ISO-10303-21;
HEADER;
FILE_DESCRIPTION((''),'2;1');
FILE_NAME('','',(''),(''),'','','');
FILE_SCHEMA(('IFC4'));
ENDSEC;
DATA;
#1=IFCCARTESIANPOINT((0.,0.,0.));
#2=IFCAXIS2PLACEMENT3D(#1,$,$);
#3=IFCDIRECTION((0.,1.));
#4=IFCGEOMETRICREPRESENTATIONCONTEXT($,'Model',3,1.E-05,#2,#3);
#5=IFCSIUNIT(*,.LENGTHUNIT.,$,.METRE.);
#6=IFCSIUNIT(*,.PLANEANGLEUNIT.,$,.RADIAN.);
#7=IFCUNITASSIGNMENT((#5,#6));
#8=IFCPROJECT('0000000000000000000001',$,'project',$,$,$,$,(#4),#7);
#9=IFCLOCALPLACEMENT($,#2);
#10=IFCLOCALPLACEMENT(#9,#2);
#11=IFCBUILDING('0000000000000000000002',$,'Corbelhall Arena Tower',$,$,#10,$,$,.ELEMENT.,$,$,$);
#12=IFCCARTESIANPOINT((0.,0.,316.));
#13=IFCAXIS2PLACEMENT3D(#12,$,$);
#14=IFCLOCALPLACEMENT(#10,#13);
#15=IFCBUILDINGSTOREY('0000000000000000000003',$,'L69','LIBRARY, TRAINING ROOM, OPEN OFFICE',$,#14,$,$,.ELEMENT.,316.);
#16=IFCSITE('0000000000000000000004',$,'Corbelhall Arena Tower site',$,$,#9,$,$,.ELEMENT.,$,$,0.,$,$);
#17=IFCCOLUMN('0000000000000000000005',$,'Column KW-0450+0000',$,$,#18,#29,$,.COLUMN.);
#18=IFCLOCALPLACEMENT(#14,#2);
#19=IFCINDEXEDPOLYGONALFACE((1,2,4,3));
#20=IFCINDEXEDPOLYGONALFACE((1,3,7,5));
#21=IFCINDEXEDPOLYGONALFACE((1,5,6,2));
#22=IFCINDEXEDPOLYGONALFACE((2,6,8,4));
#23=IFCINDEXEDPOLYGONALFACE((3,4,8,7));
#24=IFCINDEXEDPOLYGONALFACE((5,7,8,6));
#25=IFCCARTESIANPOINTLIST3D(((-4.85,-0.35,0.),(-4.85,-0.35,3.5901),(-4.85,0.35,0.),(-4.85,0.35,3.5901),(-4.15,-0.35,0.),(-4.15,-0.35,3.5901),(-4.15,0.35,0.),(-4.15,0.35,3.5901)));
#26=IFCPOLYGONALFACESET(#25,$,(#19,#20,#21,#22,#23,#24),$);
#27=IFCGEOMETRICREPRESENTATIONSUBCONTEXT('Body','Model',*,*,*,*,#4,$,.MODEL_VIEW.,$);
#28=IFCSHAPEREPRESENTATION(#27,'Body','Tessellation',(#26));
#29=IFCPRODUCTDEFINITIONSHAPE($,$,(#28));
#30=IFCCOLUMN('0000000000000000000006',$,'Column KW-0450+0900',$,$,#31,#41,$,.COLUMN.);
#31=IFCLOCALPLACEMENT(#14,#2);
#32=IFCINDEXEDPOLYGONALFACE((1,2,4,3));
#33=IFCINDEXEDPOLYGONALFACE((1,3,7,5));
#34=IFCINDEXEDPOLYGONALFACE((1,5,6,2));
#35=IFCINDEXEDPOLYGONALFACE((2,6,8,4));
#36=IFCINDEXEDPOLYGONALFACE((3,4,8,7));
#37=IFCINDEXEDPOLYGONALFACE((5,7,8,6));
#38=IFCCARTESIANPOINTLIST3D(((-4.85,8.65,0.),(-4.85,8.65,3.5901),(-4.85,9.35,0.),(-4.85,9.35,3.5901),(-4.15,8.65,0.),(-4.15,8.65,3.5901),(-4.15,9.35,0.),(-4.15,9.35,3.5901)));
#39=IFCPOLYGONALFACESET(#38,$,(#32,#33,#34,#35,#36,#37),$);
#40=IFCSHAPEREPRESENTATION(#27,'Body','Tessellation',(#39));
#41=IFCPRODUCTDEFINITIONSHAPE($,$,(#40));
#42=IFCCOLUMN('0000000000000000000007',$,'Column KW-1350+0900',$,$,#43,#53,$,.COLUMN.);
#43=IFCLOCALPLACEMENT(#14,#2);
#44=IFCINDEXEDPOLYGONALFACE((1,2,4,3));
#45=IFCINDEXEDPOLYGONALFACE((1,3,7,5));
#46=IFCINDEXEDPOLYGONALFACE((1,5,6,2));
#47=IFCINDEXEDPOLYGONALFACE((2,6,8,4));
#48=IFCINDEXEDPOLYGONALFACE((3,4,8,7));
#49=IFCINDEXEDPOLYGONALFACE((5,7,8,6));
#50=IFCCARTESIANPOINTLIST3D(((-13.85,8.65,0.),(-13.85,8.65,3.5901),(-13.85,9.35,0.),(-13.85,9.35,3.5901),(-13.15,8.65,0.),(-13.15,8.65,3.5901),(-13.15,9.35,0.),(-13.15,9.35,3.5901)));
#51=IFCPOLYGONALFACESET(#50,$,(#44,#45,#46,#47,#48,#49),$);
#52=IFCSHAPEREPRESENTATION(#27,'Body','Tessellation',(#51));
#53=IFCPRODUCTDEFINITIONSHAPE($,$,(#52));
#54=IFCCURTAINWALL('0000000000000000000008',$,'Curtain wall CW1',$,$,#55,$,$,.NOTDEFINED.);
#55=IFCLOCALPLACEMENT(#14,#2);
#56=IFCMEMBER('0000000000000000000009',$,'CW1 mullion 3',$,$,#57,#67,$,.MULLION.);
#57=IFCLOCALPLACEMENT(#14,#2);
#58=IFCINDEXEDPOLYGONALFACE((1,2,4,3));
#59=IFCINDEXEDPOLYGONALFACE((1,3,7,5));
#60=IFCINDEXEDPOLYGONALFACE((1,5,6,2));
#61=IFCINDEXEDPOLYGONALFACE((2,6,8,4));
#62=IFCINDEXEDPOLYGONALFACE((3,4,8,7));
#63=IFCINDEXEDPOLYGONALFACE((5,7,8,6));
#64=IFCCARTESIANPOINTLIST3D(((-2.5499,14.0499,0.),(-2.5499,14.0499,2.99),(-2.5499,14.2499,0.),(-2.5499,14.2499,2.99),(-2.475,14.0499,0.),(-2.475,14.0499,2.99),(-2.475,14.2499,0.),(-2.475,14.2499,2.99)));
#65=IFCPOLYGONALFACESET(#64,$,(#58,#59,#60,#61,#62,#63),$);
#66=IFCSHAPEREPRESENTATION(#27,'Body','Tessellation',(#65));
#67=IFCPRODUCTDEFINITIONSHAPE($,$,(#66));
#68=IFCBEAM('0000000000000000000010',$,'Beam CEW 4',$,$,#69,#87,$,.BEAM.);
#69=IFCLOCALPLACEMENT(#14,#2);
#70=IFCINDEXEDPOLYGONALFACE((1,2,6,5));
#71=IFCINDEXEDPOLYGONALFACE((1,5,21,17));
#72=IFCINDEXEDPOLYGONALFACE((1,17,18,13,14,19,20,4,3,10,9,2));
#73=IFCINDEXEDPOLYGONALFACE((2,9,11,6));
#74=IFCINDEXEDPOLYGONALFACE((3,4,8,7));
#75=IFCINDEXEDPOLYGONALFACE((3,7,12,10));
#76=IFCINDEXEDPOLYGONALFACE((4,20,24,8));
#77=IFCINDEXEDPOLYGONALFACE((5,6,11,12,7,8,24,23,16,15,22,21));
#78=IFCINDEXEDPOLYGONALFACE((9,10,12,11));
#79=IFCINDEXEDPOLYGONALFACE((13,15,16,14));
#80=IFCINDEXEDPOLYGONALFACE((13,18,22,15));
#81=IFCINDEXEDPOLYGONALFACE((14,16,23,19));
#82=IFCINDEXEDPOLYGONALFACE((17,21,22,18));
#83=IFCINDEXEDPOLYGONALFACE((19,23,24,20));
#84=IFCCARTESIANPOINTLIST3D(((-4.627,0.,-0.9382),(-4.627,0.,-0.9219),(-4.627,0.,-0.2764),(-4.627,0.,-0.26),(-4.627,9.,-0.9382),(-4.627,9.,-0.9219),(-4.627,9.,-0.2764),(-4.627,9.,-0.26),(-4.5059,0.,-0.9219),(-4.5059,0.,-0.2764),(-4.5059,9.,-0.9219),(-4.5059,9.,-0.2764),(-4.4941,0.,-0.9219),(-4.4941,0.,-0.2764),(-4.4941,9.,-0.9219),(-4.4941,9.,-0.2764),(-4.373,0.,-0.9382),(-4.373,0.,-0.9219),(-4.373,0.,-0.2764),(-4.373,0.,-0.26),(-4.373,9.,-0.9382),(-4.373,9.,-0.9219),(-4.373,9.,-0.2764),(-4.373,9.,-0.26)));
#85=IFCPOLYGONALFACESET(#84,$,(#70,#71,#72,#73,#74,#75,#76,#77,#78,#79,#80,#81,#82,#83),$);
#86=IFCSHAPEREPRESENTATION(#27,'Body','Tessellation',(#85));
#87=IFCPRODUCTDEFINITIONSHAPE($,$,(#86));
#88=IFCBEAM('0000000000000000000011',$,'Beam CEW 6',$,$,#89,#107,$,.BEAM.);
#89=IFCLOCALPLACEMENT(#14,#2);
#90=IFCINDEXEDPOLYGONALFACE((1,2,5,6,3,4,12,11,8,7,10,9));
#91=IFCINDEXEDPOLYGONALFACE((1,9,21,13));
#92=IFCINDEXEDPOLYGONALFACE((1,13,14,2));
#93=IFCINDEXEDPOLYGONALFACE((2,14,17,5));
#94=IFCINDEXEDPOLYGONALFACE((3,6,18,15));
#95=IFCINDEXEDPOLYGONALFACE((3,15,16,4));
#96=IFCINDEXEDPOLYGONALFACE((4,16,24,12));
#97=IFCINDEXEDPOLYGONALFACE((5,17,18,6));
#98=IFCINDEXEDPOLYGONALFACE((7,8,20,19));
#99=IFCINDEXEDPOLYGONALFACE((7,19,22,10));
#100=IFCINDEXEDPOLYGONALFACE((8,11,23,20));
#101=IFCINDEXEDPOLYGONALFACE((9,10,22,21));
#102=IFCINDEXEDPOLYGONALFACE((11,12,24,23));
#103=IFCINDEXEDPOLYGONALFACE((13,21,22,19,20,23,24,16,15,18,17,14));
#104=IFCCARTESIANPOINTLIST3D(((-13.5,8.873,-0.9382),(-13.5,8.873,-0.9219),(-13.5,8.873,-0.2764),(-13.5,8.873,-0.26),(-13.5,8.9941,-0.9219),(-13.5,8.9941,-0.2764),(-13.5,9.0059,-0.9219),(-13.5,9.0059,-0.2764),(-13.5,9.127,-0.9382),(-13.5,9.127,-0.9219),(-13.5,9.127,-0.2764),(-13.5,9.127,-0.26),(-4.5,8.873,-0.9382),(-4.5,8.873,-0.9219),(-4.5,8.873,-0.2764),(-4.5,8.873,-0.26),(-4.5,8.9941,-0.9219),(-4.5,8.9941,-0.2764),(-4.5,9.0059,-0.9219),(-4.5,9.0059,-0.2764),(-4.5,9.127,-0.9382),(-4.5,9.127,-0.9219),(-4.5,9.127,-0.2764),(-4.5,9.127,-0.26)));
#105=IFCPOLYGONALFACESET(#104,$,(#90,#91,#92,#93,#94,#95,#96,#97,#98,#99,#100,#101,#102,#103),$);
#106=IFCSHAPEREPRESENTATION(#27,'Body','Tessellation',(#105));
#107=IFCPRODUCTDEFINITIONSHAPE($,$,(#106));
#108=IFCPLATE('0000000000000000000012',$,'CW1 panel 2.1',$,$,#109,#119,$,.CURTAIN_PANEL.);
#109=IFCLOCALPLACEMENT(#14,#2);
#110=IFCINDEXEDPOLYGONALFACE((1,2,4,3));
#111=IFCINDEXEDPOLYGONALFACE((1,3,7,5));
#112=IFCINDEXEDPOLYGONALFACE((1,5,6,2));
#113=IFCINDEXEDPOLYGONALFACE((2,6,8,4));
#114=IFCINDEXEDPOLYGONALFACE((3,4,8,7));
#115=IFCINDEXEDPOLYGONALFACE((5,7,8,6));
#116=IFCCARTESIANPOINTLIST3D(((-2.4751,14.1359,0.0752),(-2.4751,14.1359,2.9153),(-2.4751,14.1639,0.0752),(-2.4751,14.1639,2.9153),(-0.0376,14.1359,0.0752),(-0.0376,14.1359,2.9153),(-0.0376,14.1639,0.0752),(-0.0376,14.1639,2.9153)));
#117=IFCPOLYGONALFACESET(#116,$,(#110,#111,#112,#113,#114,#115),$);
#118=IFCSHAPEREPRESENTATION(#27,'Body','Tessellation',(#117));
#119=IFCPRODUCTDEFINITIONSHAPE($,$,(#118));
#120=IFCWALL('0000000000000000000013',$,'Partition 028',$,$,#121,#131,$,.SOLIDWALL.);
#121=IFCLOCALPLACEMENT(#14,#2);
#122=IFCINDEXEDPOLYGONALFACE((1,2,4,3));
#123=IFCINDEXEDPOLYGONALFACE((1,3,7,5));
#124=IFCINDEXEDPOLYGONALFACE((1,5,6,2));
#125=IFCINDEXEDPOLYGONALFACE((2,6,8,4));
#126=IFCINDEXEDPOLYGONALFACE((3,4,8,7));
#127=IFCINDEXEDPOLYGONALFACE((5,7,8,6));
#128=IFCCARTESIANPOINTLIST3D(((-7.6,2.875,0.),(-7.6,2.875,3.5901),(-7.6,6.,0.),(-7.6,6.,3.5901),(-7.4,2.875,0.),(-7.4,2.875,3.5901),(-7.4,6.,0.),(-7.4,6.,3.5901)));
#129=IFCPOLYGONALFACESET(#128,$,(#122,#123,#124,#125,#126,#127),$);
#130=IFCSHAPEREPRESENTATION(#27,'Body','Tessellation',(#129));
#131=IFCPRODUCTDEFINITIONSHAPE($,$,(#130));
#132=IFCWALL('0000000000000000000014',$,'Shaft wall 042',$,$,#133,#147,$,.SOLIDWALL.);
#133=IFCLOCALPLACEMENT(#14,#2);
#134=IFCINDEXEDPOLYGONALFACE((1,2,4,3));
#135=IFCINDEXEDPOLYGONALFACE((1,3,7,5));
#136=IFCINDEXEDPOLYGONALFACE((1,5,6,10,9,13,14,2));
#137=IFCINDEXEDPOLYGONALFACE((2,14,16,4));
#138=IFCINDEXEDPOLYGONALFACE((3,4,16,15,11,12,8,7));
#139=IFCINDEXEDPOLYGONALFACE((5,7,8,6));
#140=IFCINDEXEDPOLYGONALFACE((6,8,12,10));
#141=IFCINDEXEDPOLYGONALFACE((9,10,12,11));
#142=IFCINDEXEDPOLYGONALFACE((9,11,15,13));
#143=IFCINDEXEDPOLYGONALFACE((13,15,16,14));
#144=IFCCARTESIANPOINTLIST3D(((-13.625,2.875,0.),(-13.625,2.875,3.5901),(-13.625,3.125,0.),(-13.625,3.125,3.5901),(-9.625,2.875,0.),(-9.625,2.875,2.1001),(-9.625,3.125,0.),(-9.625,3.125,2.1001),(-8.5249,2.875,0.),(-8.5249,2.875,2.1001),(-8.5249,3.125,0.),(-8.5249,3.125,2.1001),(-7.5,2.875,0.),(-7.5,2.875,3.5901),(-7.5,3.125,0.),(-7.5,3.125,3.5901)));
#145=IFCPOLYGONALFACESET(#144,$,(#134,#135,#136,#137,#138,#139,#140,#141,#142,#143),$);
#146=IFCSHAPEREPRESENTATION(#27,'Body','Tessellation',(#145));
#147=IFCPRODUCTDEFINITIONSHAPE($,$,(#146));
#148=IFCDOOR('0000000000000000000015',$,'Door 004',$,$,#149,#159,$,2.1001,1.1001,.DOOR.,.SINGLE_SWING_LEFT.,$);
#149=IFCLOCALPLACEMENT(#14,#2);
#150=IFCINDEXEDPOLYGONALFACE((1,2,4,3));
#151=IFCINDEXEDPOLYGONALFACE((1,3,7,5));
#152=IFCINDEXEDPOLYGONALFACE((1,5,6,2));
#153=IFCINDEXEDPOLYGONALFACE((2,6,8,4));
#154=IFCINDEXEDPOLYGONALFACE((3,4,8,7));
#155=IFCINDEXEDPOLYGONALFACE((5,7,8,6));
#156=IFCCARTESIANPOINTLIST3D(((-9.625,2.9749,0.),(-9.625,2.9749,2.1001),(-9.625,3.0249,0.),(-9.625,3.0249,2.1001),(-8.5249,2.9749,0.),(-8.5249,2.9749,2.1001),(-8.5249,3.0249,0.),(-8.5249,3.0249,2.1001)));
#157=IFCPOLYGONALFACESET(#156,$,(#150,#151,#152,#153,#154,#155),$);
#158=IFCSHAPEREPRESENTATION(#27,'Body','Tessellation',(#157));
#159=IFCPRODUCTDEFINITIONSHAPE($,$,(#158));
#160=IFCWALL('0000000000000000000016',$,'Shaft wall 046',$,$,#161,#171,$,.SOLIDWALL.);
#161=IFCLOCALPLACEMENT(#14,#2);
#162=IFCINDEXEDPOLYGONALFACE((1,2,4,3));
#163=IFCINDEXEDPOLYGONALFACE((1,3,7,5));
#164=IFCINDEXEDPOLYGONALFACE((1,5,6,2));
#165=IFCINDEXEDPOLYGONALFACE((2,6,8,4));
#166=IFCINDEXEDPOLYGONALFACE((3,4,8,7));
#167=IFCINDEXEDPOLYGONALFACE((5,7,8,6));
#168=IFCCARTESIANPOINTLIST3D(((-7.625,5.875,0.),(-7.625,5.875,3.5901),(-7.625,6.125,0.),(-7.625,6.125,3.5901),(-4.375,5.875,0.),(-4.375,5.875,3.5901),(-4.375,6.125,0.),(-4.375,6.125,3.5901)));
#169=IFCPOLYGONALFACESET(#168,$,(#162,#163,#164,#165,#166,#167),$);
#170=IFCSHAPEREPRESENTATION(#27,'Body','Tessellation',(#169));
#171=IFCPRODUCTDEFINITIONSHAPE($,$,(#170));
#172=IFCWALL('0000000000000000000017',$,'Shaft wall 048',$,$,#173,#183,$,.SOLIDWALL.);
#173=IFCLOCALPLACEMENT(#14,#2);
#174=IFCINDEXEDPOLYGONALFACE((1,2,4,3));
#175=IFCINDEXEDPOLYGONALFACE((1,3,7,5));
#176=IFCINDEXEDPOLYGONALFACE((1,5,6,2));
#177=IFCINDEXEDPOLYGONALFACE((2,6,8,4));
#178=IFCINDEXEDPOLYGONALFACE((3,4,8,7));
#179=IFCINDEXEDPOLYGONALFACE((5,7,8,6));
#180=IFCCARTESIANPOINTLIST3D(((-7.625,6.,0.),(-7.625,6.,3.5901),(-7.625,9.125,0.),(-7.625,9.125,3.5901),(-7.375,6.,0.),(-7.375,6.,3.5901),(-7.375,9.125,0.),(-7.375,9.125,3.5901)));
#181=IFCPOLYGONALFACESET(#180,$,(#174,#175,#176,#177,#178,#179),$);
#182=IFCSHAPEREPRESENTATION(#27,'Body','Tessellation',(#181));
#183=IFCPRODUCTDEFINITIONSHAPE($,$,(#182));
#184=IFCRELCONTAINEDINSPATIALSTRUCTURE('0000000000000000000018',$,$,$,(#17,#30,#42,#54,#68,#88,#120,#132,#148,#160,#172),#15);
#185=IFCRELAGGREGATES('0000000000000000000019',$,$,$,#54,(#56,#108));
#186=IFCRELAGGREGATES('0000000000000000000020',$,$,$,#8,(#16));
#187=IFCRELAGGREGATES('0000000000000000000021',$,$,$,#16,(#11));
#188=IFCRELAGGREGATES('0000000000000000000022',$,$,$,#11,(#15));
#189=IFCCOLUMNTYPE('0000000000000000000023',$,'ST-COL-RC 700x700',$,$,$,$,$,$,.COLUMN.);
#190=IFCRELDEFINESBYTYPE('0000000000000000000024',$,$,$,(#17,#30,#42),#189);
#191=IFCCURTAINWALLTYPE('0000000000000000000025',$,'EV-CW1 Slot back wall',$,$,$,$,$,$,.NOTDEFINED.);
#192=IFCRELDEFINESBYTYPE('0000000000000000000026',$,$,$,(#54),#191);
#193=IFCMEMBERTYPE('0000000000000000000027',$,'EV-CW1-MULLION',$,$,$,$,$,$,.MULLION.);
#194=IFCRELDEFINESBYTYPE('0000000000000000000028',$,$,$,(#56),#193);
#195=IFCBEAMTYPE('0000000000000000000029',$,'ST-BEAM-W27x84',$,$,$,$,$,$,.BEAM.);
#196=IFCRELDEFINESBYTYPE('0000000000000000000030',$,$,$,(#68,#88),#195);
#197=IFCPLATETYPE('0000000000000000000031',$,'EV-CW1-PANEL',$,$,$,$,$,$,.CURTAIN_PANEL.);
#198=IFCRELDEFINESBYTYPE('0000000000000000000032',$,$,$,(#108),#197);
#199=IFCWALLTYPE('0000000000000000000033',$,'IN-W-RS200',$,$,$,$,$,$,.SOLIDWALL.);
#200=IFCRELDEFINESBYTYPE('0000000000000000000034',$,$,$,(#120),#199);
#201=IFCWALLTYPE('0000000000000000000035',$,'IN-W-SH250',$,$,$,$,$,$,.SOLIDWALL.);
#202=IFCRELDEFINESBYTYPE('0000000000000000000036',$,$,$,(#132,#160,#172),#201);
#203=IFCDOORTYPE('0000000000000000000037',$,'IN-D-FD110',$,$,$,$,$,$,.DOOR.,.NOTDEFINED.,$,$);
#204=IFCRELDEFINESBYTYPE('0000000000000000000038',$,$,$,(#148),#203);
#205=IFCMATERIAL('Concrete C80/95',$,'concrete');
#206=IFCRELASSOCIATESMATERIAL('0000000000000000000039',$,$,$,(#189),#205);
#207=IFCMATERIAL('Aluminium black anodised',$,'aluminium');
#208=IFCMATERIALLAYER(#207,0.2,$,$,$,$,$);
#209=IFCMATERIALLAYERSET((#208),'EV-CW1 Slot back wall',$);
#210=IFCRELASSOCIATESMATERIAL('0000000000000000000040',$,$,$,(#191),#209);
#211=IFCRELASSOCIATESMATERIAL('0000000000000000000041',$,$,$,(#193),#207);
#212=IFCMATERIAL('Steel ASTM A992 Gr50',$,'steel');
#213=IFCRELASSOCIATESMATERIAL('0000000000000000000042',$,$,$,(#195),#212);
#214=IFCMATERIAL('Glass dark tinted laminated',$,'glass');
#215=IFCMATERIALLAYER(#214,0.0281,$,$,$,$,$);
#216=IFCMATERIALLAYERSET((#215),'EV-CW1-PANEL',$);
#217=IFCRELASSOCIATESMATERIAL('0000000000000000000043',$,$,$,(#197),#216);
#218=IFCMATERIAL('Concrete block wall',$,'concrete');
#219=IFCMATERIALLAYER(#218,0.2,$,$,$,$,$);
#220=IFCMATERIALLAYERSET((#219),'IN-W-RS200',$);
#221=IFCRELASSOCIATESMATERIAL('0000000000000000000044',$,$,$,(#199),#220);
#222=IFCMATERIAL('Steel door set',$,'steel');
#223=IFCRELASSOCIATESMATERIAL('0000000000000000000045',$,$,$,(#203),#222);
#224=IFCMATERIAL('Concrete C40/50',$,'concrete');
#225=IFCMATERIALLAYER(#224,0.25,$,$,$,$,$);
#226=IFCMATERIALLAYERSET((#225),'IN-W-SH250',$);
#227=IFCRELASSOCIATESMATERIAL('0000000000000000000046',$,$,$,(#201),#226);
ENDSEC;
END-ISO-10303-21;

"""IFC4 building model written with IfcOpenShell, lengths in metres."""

from ifc_helpers import new_model, si_unit, direction, frame, frame_2d, origin, origin_2d, place, context, subcontext, project, spatial, rectangle, i_section, extrude, material, layer, layer_set, material_profile, profile_set, type_object, element, fill, aggregate, save


model = new_model("IFC4")

# Units and contexts
model_context = context("Model", 3, precision=1e-05, world=origin(), true_north=direction((0.0, 1.0)))
body_context = subcontext(model_context, "Body", "Model", "MODEL_VIEW")
ifc_project = project(units=[si_unit("LENGTHUNIT", "METRE"), si_unit("PLANEANGLEUNIT", "RADIAN")], contexts=[model_context])

# Site, building, storey
site_placement = place(None, origin())
site = spatial("IfcSite", under=ifc_project, at=site_placement, Name="Corbelhall Arena Tower site", CompositionType="ELEMENT", RefElevation=0.0)
building_placement = place(site_placement, origin())
building = spatial("IfcBuilding", under=site, at=building_placement, Name="Corbelhall Arena Tower", CompositionType="ELEMENT")
storey_placement = place(building_placement, frame((0.0, 0.0, 316.0)))
storey = spatial("IfcBuildingStorey", under=building, at=storey_placement, Name="L69", Description="LIBRARY, TRAINING ROOM, OPEN OFFICE", CompositionType="ELEMENT", Elevation=316.0)

# Columns
ifc_material_1 = material(Name="Concrete C80/95", Category="concrete")
ifc_material_profile_1 = material_profile(ifc_material_1, rectangle(XDim=0.7, YDim=0.7, at=origin_2d()))
ifc_profile_set_1 = profile_set([ifc_material_profile_1], Name="Concrete C80/95")
column_type = type_object("IfcColumnType", Name="ST-COL-RC 700x700", PredefinedType="COLUMN", material=ifc_profile_set_1)
for number, where, z_axis, x_axis, name in (
    (1, (-4.5, 0.0, 0.0), (0.0, 0.0, 1.0), (1.0, 0.0, 0.0), "Column KW-0450+0000"),
    (2, (-4.5, 9.0, 0.0), (0.0, 0.0, 1.0), (1.0, 0.0, 0.0), "Column KW-0450+0900"),
    (3, (-13.5, 9.0, 0.0), (0.0, 0.0, 1.0), (1.0, 0.0, 0.0), "Column KW-1350+0900"),
):
    element("IfcColumn", number, at=place(storey_placement, frame(where, z_axis=z_axis, x_axis=x_axis)), inside=storey, type_object=column_type, Name=name, PredefinedType="COLUMN", context=body_context, shape_type="SweptSolid", body=[
        extrude(rectangle(XDim=0.7, YDim=0.7, at=origin_2d()), origin(), (0.0, 0.0, 1.0), 3.5901),
    ])

# Curtain wall, member
ifc_material_2 = material(Name="Aluminium black anodised", Category="aluminium")
ifc_layer_1 = layer(ifc_material_2, 0.2)
ifc_layer_set_1 = layer_set([ifc_layer_1], Name="EV-CW1 Slot back wall")
curtain_wall_type = type_object("IfcCurtainWallType", Name="EV-CW1 Slot back wall", PredefinedType="NOTDEFINED", material=ifc_layer_set_1)
curtain_wall_placement = place(storey_placement, origin())
curtain_wall = element("IfcCurtainWall", 4, at=curtain_wall_placement, inside=storey, type_object=curtain_wall_type, Name="Curtain wall CW1", PredefinedType="NOTDEFINED")
ifc_material_profile_2 = material_profile(ifc_material_2, rectangle(XDim=0.2, YDim=0.075, at=origin_2d()))
ifc_profile_set_2 = profile_set([ifc_material_profile_2], Name="Aluminium black anodised")
member_type = type_object("IfcMemberType", Name="EV-CW1-MULLION", PredefinedType="MULLION", material=ifc_profile_set_2)
member_placement = place(storey_placement, frame((-2.5125, 14.1499, 0.0), z_axis=(0.0, 0.0, 1.0), x_axis=(0.0, -1.0, 0.0)))
member = element("IfcMember", 5, at=member_placement, type_object=member_type, Name="CW1 mullion 3", PredefinedType="MULLION", context=body_context, shape_type="SweptSolid", body=[
    extrude(rectangle(XDim=0.2, YDim=0.075, at=origin_2d()), origin(), (0.0, 0.0, 1.0), 2.99),
])

# Beams
ifc_material_3 = material(Name="Steel ASTM A992 Gr50", Category="steel")
ifc_material_profile_3 = material_profile(ifc_material_3, i_section(OverallWidth=0.2539, OverallDepth=0.6782, WebThickness=0.0117, FlangeThickness=0.0164, at=origin_2d()))
ifc_profile_set_3 = profile_set([ifc_material_profile_3], Name="Steel ASTM A992 Gr50")
beam_type = type_object("IfcBeamType", Name="ST-BEAM-W27x84", PredefinedType="BEAM", material=ifc_profile_set_3)
for number, where, z_axis, x_axis, name in (
    (6, (-4.5, 0.0, -0.5991), (0.0, 1.0, 0.0), (-1.0, 0.0, 0.0), "Beam CEW 4"),
    (7, (-13.5, 9.0, -0.5991), (1.0, 0.0, 0.0), (0.0, 1.0, 0.0), "Beam CEW 6"),
):
    element("IfcBeam", number, at=place(storey_placement, frame(where, z_axis=z_axis, x_axis=x_axis)), inside=storey, type_object=beam_type, Name=name, PredefinedType="BEAM", context=body_context, shape_type="SweptSolid", body=[
        extrude(i_section(OverallWidth=0.2539, OverallDepth=0.6782, WebThickness=0.0117, FlangeThickness=0.0164, at=origin_2d()), origin(), (0.0, 0.0, 1.0), 9.0),
    ])

# Plate
ifc_material_4 = material(Name="Glass dark tinted laminated", Category="glass")
ifc_layer_2 = layer(ifc_material_4, 0.0281)
ifc_layer_set_2 = layer_set([ifc_layer_2], Name="EV-CW1-PANEL")
plate_type = type_object("IfcPlateType", Name="EV-CW1-PANEL", PredefinedType="CURTAIN_PANEL", material=ifc_layer_set_2)
plate_placement = place(storey_placement, frame((-1.2563, 14.1499, 0.0752), z_axis=(0.0, 0.0, 1.0), x_axis=(-1.0, 0.0, 0.0)))
plate = element("IfcPlate", 8, at=plate_placement, type_object=plate_type, Name="CW1 panel 2.1", PredefinedType="CURTAIN_PANEL", context=body_context, shape_type="SweptSolid", body=[
    extrude(rectangle(XDim=2.4375, YDim=0.0281, at=origin_2d()), origin(), (0.0, 0.0, 1.0), 2.8401),
])
aggregate(curtain_wall, [member, plate])

# Wall
ifc_material_5 = material(Name="Concrete block wall", Category="concrete")
ifc_layer_3 = layer(ifc_material_5, 0.2)
ifc_layer_set_3 = layer_set([ifc_layer_3], Name="IN-W-RS200")
wall_type_1 = type_object("IfcWallType", Name="IN-W-RS200", PredefinedType="SOLIDWALL", material=ifc_layer_set_3)
wall_1_placement = place(storey_placement, frame((-7.5, 2.875, 0.0), z_axis=(0.0, 0.0, 1.0), x_axis=(0.0, 1.0, 0.0)))
element("IfcWall", 9, at=wall_1_placement, inside=storey, type_object=wall_type_1, Name="Partition 028", PredefinedType="SOLIDWALL", context=body_context, shape_type="SweptSolid", body=[
    extrude(rectangle(XDim=3.125, YDim=0.2, at=frame_2d((1.5625, 0.0))), origin(), (0.0, 0.0, 1.0), 3.5901),
])

# Shared definitions
ifc_material_6 = material(Name="Steel door set", Category="steel")
door_type_1 = type_object("IfcDoorType", Name="IN-D-FD110", OperationType="NOTDEFINED", PredefinedType="DOOR", material=ifc_material_6)

# Wall, opening, door
ifc_material_7 = material(Name="Concrete C40/50", Category="concrete")
ifc_layer_4 = layer(ifc_material_7, 0.25)
ifc_layer_set_4 = layer_set([ifc_layer_4], Name="IN-W-SH250")
wall_type_2 = type_object("IfcWallType", Name="IN-W-SH250", PredefinedType="SOLIDWALL", material=ifc_layer_set_4)
wall_2_placement = place(storey_placement, frame((-13.625, 3.0, 0.0), z_axis=(0.0, 0.0, 1.0), x_axis=(1.0, 0.0, 0.0)))
wall_2 = element("IfcWall", 10, at=wall_2_placement, inside=storey, type_object=wall_type_2, Name="Shaft wall 042", PredefinedType="SOLIDWALL", context=body_context, shape_type="SweptSolid", body=[
    extrude(rectangle(XDim=6.125, YDim=0.25, at=frame_2d((3.0625, 0.0))), origin(), (0.0, 0.0, 1.0), 3.5901),
])
opening_1_placement = place(wall_2_placement, frame((4.0, 0.0, 0.0)))
opening_1 = element("IfcOpeningElement", 11, at=opening_1_placement, cuts=wall_2, PredefinedType="OPENING", context=body_context, shape_type="SweptSolid", body=[
    extrude(rectangle(XDim=1.1001, YDim=2.1001, at=frame_2d((0.55, 1.05))), frame((0.0, 0.125, 0.0), z_axis=(0.0, -1.0, 0.0), x_axis=(1.0, 0.0, 0.0)), (0.0, 0.0, 1.0), 0.25),
])
door_1_placement = place(opening_1_placement, origin())
door_1 = element("IfcDoor", 12, at=door_1_placement, inside=storey, type_object=door_type_1, Name="Door 004", OperationType="SINGLE_SWING_LEFT", OverallHeight=2.1001, OverallWidth=1.1001, PredefinedType="DOOR", context=body_context, shape_type="SweptSolid", body=[
    extrude(rectangle(XDim=1.1001, YDim=2.1001, at=frame_2d((0.55, 1.05))), frame((0.0, 0.0249, 0.0), z_axis=(0.0, -1.0, 0.0), x_axis=(1.0, 0.0, 0.0)), (0.0, 0.0, 1.0), 0.05),
])
fill(opening_1, door_1)

# Walls
wall_3_placement = place(storey_placement, frame((-7.625, 6.0, 0.0), z_axis=(0.0, 0.0, 1.0), x_axis=(1.0, 0.0, 0.0)))
element("IfcWall", 13, at=wall_3_placement, inside=storey, type_object=wall_type_2, Name="Shaft wall 046", PredefinedType="SOLIDWALL", context=body_context, shape_type="SweptSolid", body=[
    extrude(rectangle(XDim=3.25, YDim=0.25, at=frame_2d((1.625, 0.0))), origin(), (0.0, 0.0, 1.0), 3.5901),
])
wall_4_placement = place(storey_placement, frame((-7.5, 6.0, 0.0), z_axis=(0.0, 0.0, 1.0), x_axis=(0.0, 1.0, 0.0)))
element("IfcWall", 14, at=wall_4_placement, inside=storey, type_object=wall_type_2, Name="Shaft wall 048", PredefinedType="SOLIDWALL", context=body_context, shape_type="SweptSolid", body=[
    extrude(rectangle(XDim=3.125, YDim=0.25, at=frame_2d((1.5625, 0.0))), origin(), (0.0, 0.0, 1.0), 3.5901),
])

save(model, "model.ifc")
